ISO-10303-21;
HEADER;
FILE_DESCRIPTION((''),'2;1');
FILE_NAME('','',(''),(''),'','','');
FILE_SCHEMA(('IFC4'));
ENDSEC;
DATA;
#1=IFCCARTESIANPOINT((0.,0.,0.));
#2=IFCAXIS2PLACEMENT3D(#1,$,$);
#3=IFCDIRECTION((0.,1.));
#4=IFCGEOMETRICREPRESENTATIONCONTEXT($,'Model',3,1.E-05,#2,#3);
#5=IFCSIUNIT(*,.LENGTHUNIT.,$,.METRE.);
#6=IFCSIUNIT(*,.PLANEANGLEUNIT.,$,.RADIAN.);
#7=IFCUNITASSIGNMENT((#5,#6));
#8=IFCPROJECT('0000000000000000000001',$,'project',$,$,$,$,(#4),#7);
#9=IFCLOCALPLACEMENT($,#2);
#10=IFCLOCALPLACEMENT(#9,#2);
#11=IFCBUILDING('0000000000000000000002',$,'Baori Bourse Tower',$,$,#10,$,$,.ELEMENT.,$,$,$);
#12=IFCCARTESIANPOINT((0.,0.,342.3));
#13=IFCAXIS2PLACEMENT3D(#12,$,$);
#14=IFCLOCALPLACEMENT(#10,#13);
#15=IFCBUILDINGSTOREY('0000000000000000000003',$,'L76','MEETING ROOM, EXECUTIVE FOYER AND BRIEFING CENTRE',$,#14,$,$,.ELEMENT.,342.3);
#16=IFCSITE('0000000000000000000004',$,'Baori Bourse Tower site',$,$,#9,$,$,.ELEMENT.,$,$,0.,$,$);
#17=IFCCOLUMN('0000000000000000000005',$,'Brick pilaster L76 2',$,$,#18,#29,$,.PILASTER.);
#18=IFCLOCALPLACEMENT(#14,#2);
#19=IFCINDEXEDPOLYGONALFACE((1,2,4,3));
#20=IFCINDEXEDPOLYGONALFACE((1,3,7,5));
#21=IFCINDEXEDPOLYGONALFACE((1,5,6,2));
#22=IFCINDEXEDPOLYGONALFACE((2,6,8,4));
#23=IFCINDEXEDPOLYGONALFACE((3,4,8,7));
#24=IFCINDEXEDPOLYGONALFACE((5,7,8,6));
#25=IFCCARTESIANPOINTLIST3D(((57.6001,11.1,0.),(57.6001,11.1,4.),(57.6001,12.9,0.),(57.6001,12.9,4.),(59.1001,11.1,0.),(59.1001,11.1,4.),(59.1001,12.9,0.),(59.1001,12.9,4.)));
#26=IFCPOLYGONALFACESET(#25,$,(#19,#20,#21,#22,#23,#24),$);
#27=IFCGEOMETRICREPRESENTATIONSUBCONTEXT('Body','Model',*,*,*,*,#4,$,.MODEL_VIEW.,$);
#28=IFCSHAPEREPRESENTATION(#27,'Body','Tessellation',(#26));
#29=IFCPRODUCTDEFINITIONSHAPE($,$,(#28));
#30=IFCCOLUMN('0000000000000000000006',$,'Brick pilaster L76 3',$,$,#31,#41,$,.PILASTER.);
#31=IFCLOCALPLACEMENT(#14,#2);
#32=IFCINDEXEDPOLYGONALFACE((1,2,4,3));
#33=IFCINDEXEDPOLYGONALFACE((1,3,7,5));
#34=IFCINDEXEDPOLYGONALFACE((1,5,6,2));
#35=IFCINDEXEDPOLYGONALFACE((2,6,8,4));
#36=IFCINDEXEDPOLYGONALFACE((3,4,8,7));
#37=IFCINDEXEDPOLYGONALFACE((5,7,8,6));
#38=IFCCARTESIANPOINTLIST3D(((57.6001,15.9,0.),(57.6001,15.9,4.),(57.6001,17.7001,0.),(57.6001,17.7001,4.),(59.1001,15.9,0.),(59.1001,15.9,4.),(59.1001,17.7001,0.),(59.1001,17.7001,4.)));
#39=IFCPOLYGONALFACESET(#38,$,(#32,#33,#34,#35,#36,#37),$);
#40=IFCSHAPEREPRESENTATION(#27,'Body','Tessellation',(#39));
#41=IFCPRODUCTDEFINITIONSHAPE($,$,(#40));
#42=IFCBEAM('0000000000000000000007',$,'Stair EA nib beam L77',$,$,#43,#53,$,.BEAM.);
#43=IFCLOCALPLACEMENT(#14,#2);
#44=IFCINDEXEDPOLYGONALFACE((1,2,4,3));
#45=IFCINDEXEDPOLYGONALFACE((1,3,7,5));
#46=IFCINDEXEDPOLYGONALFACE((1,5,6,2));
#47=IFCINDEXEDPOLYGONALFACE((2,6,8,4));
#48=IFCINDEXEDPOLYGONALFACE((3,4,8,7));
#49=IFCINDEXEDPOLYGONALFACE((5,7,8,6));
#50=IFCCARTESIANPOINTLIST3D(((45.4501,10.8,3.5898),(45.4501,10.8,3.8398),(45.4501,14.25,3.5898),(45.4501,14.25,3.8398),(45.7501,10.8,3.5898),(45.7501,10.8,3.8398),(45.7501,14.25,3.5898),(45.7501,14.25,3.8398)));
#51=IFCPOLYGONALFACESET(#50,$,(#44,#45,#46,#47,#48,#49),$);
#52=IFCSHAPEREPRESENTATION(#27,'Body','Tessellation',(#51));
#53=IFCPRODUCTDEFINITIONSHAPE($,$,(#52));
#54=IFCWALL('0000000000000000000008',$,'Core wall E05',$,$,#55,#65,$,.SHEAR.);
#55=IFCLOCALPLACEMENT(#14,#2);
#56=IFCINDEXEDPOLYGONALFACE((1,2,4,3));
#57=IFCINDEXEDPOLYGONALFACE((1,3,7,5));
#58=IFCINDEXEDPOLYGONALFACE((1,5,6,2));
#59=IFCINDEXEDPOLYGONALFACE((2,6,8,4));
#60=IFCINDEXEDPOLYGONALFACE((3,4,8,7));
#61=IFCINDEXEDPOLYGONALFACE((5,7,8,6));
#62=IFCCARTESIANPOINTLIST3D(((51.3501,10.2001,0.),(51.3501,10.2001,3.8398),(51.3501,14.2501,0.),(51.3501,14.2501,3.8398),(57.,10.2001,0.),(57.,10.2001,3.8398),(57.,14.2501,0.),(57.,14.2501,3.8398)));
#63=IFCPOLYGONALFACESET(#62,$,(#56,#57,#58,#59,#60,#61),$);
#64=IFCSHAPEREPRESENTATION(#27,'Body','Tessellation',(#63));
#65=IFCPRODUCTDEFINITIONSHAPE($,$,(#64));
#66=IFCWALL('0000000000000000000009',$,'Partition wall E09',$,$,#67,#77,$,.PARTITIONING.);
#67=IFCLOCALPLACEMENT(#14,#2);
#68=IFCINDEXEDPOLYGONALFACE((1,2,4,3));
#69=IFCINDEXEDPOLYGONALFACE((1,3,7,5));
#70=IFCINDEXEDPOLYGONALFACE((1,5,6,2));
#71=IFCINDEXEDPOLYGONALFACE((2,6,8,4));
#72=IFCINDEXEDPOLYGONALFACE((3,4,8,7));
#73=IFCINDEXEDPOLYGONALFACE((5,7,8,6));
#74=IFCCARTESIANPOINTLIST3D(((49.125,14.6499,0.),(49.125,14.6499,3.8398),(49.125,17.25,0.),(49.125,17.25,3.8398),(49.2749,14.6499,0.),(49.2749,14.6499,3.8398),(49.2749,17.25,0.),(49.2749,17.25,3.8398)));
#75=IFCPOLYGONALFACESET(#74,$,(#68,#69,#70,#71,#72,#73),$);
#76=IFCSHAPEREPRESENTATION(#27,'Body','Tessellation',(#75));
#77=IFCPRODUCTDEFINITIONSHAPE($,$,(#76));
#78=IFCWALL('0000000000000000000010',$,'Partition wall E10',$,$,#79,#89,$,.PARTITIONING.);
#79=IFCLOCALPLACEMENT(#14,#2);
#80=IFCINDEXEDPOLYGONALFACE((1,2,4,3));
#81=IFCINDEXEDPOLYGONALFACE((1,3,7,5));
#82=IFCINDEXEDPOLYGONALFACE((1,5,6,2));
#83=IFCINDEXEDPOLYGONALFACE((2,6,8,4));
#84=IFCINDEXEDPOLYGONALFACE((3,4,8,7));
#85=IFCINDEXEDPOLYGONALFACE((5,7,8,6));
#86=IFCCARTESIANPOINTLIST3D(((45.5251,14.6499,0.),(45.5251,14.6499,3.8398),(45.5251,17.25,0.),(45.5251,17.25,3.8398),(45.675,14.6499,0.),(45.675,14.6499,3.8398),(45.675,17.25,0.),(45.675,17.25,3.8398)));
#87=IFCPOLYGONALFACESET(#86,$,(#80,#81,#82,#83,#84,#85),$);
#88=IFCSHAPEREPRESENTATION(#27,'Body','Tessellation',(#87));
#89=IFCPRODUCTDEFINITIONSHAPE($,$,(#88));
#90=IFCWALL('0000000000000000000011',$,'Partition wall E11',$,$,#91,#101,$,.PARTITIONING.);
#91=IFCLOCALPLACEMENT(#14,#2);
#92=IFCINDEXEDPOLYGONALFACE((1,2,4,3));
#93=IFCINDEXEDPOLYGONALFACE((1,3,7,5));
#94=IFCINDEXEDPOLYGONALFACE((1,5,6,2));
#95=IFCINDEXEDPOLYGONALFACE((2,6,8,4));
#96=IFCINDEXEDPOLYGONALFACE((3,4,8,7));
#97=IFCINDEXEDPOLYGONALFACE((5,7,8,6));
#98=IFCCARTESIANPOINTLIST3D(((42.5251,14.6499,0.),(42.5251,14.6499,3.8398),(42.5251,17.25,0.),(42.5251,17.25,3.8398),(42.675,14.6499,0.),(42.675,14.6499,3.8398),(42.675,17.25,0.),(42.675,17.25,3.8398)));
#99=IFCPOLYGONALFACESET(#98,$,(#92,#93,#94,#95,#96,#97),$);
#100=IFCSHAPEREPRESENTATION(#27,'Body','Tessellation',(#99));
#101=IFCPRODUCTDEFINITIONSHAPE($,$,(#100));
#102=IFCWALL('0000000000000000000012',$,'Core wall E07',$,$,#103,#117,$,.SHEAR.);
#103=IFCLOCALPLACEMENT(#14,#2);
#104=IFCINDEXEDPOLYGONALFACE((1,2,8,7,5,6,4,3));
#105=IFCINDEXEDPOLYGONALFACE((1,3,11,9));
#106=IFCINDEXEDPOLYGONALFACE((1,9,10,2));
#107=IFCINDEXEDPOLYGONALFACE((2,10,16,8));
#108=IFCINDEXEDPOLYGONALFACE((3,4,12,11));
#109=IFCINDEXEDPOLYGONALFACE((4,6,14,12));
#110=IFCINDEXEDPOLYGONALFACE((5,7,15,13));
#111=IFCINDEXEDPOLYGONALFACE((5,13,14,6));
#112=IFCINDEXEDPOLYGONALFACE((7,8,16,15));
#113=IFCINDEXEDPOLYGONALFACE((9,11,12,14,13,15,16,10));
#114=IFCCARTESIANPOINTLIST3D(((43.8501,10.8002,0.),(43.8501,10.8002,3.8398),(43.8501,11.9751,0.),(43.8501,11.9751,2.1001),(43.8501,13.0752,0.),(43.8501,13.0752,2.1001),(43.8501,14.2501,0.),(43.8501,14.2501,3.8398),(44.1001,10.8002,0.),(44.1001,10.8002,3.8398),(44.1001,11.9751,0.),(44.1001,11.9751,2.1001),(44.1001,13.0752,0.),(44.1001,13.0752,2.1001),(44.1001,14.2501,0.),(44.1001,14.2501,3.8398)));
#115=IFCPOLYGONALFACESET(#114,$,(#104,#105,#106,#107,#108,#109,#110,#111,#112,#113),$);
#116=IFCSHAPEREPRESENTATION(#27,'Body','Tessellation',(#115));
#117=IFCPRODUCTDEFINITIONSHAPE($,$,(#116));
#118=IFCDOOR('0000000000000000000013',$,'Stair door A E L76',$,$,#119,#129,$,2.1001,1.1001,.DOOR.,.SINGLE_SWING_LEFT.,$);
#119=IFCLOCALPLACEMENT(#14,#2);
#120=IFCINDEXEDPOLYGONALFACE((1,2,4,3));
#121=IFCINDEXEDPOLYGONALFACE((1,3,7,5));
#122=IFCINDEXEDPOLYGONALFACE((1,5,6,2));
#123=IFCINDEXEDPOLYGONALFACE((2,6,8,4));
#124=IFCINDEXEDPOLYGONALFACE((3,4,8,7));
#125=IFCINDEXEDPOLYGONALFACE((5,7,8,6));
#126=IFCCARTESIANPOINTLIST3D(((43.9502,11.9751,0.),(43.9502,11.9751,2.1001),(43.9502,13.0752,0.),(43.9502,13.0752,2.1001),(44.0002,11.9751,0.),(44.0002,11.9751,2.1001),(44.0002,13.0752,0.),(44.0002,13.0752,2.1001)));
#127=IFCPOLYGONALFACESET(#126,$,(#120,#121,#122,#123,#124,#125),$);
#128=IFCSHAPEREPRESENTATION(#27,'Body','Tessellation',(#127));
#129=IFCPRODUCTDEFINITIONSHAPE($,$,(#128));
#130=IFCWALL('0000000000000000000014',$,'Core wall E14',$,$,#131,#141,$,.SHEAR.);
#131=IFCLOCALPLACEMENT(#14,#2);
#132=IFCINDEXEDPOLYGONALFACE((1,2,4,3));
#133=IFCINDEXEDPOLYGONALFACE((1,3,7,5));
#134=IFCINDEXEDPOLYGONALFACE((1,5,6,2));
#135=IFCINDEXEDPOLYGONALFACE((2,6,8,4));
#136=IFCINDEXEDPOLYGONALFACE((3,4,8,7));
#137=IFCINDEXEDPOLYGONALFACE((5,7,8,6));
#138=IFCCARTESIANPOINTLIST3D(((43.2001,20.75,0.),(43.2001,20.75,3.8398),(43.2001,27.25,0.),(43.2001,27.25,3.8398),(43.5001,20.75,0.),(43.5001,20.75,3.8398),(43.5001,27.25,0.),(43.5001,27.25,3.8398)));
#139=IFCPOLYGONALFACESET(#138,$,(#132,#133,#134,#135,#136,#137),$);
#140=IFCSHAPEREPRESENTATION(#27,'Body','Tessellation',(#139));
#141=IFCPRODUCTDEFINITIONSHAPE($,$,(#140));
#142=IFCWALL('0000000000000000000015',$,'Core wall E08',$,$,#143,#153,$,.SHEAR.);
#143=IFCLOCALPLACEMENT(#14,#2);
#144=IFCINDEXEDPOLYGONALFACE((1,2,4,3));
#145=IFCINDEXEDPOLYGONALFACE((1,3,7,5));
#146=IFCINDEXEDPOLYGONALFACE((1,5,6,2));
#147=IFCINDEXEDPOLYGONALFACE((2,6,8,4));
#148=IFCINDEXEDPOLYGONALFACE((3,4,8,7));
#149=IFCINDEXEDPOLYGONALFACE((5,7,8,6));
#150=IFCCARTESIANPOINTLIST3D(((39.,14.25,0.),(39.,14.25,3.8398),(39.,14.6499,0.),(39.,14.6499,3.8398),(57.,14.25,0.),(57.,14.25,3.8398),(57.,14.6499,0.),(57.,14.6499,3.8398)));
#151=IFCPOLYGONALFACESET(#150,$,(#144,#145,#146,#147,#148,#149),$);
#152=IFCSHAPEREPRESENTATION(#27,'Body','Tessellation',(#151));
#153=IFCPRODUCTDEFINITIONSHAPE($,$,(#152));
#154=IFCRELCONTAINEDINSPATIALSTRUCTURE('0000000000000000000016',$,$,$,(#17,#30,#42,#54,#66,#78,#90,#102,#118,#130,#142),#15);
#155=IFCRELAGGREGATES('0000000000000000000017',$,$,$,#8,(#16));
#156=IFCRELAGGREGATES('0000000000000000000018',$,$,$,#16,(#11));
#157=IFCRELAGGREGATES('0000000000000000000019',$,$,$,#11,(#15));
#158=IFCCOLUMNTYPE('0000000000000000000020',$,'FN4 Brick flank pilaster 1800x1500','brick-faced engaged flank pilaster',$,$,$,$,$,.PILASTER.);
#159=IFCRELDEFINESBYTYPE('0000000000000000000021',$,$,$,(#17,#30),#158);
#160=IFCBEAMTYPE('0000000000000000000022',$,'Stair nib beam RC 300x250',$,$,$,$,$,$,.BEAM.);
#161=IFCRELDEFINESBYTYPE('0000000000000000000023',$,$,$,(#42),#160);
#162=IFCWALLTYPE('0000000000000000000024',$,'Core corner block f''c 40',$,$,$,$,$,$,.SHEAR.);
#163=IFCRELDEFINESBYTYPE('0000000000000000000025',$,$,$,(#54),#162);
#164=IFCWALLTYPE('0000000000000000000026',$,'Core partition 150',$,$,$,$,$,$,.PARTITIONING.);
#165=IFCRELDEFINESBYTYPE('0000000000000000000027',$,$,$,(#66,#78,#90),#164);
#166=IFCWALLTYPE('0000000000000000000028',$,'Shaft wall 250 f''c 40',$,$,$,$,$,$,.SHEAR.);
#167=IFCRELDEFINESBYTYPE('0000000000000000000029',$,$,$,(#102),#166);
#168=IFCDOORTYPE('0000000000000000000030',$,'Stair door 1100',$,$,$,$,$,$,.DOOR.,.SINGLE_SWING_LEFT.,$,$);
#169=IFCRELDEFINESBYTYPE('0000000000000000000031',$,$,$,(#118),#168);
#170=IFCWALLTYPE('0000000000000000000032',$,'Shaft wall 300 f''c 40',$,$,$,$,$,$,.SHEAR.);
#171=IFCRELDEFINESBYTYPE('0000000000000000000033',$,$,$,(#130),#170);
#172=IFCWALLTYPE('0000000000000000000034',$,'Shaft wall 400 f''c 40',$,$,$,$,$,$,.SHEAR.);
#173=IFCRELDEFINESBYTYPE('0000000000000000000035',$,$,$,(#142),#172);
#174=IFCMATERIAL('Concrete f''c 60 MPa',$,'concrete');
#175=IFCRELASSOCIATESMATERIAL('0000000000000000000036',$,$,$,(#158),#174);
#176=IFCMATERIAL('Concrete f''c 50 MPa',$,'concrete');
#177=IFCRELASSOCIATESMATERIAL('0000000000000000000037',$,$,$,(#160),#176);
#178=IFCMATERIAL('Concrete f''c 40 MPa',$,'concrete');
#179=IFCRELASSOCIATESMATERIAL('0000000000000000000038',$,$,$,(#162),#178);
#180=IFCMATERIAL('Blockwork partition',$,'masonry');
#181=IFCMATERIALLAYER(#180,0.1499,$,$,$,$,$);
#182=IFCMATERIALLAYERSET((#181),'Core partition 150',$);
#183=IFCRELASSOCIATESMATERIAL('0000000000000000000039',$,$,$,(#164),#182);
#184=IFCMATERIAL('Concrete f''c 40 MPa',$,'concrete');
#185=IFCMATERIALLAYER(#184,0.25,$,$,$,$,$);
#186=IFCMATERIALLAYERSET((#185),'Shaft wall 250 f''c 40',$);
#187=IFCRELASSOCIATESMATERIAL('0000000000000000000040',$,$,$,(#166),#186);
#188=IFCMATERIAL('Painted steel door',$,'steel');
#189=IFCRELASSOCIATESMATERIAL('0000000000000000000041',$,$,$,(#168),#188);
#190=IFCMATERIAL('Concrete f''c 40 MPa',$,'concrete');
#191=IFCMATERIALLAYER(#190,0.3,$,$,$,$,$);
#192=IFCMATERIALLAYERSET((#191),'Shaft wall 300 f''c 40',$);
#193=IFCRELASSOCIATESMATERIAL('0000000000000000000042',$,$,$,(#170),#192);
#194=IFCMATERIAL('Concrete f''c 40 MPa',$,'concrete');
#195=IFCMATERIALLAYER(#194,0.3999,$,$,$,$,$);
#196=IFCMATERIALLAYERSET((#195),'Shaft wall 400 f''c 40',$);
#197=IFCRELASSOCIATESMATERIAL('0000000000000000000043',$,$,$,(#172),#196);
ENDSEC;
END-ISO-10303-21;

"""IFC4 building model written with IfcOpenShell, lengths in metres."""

from ifc_helpers import new_model, si_unit, direction, frame, frame_2d, origin, origin_2d, place, context, subcontext, project, spatial, rectangle, extrude, material, layer, layer_set, material_profile, profile_set, type_object, element, fill, save


model = new_model("IFC4")

# Units and contexts
model_context = context("Model", 3, precision=1e-05, world=origin(), true_north=direction((0.0, 1.0)))
body_context = subcontext(model_context, "Body", "Model", "MODEL_VIEW")
ifc_project = project(units=[si_unit("LENGTHUNIT", "METRE"), si_unit("PLANEANGLEUNIT", "RADIAN")], contexts=[model_context])

# Site, building, storey
site_placement = place(None, origin())
site = spatial("IfcSite", under=ifc_project, at=site_placement, Name="Baori Bourse Tower site", CompositionType="ELEMENT", RefElevation=0.0)
building_placement = place(site_placement, origin())
building = spatial("IfcBuilding", under=site, at=building_placement, Name="Baori Bourse Tower", CompositionType="ELEMENT")
storey_placement = place(building_placement, frame((0.0, 0.0, 342.3)))
storey = spatial("IfcBuildingStorey", under=building, at=storey_placement, Name="L76", Description="MEETING ROOM, EXECUTIVE FOYER AND BRIEFING CENTRE", CompositionType="ELEMENT", Elevation=342.3)

# Columns
ifc_material_1 = material(Name="Concrete f'c 60 MPa", Category="concrete")
ifc_material_profile_1 = material_profile(ifc_material_1, rectangle(XDim=1.8, YDim=1.5, at=origin_2d()), Name="RC 1800x1500")
ifc_profile_set_1 = profile_set([ifc_material_profile_1], Name="Concrete f'c 60 MPa")
column_type = type_object("IfcColumnType", Name="FN4 Brick flank pilaster 1800x1500", Description="brick-faced engaged flank pilaster", PredefinedType="PILASTER", material=ifc_profile_set_1)
for number, where, z_axis, x_axis, name in (
    (1, (58.3501, 12.0, 0.0), (0.0, 0.0, 1.0), (0.0, 1.0, 0.0), "Brick pilaster L76 2"),
    (2, (58.3501, 16.8, 0.0), (0.0, 0.0, 1.0), (0.0, 1.0, 0.0), "Brick pilaster L76 3"),
):
    element("IfcColumn", number, at=place(storey_placement, frame(where, z_axis=z_axis, x_axis=x_axis)), inside=storey, type_object=column_type, Name=name, PredefinedType="PILASTER", context=body_context, shape_type="SweptSolid", body=[
        extrude(rectangle(XDim=1.8, YDim=1.5, at=origin_2d()), origin(), (0.0, 0.0, 1.0), 4.0),
    ])

# Beam
ifc_material_2 = material(Name="Concrete f'c 50 MPa", Category="concrete")
ifc_material_profile_2 = material_profile(ifc_material_2, rectangle(XDim=0.3, YDim=0.25, at=origin_2d()), Name="RC 300x250")
ifc_profile_set_2 = profile_set([ifc_material_profile_2], Name="Concrete f'c 50 MPa")
beam_type = type_object("IfcBeamType", Name="Stair nib beam RC 300x250", PredefinedType="BEAM", material=ifc_profile_set_2)
beam_placement = place(storey_placement, frame((45.6001, 10.8, 3.7148), z_axis=(0.0, 1.0, 0.0), x_axis=(-1.0, 0.0, 0.0)))
element("IfcBeam", 3, at=beam_placement, inside=storey, type_object=beam_type, Name="Stair EA nib beam L77", PredefinedType="BEAM", context=body_context, shape_type="SweptSolid", body=[
    extrude(rectangle(XDim=0.3, YDim=0.25, at=origin_2d()), origin(), (0.0, 0.0, 1.0), 3.45),
])

# Walls
ifc_material_3 = material(Name="Concrete f'c 40 MPa", Category="concrete")
wall_type_1 = type_object("IfcWallType", Name="Core corner block f'c 40", PredefinedType="SHEAR", material=ifc_material_3)
wall_1_placement = place(storey_placement, frame((51.3501, 12.2251, 0.0), z_axis=(0.0, 0.0, 1.0), x_axis=(1.0, 0.0, 0.0)))
element("IfcWall", 4, at=wall_1_placement, inside=storey, type_object=wall_type_1, Name="Core wall E05", PredefinedType="SHEAR", context=body_context, shape_type="SweptSolid", body=[
    extrude(rectangle(XDim=5.6499, YDim=4.05, at=frame_2d((2.825, 0.0))), origin(), (0.0, 0.0, 1.0), 3.8398),
])
ifc_material_4 = material(Name="Blockwork partition", Category="masonry")
ifc_layer_1 = layer(ifc_material_4, 0.1499)
ifc_layer_set_1 = layer_set([ifc_layer_1], Name="Core partition 150")
wall_type_2 = type_object("IfcWallType", Name="Core partition 150", PredefinedType="PARTITIONING", material=ifc_layer_set_1)
for number, where, z_axis, x_axis, name in (
    (5, (49.2, 14.6499, 0.0), (0.0, 0.0, 1.0), (0.0, 1.0, 0.0), "Partition wall E09"),
    (6, (45.6001, 14.6499, 0.0), (0.0, 0.0, 1.0), (0.0, 1.0, 0.0), "Partition wall E10"),
    (7, (42.6001, 14.6499, 0.0), (0.0, 0.0, 1.0), (0.0, 1.0, 0.0), "Partition wall E11"),
):
    element("IfcWall", number, at=place(storey_placement, frame(where, z_axis=z_axis, x_axis=x_axis)), inside=storey, type_object=wall_type_2, Name=name, PredefinedType="PARTITIONING", context=body_context, shape_type="SweptSolid", body=[
        extrude(rectangle(XDim=2.6001, YDim=0.1499, at=frame_2d((1.3, 0.0))), origin(), (0.0, 0.0, 1.0), 3.8398),
    ])

# Wall, opening, door
ifc_material_5 = material(Name="Concrete f'c 40 MPa", Category="concrete")
ifc_layer_2 = layer(ifc_material_5, 0.25)
ifc_layer_set_2 = layer_set([ifc_layer_2], Name="Shaft wall 250 f'c 40")
wall_type_3 = type_object("IfcWallType", Name="Shaft wall 250 f'c 40", PredefinedType="SHEAR", material=ifc_layer_set_2)
wall_2_placement = place(storey_placement, frame((43.9751, 10.8, 0.0), z_axis=(0.0, 0.0, 1.0), x_axis=(0.0, 1.0, 0.0)))
wall_2 = element("IfcWall", 8, at=wall_2_placement, inside=storey, type_object=wall_type_3, Name="Core wall E07", PredefinedType="SHEAR", context=body_context, shape_type="SweptSolid", body=[
    extrude(rectangle(XDim=3.45, YDim=0.25, at=frame_2d((1.7251, 0.0))), origin(), (0.0, 0.0, 1.0), 3.8398),
])
opening_1_placement = place(wall_2_placement, frame((1.175, 0.0, 0.0)))
opening_1 = element("IfcOpeningElement", 9, at=opening_1_placement, cuts=wall_2, PredefinedType="OPENING", context=body_context, shape_type="SweptSolid", body=[
    extrude(rectangle(XDim=1.1001, YDim=2.1001, at=frame_2d((0.55, 1.05))), frame((0.0, 0.135, 0.0), z_axis=(0.0, -1.0, 0.0), x_axis=(1.0, 0.0, 0.0)), (0.0, 0.0, 1.0), 0.27),
])
ifc_material_6 = material(Name="Painted steel door", Category="steel")
door_type_1 = type_object("IfcDoorType", Name="Stair door 1100", OperationType="SINGLE_SWING_LEFT", PredefinedType="DOOR", material=ifc_material_6)
door_1_placement = place(opening_1_placement, origin())
door_1 = element("IfcDoor", 10, at=door_1_placement, inside=storey, type_object=door_type_1, Name="Stair door A E L76", OperationType="SINGLE_SWING_LEFT", OverallHeight=2.1001, OverallWidth=1.1001, PredefinedType="DOOR", context=body_context, shape_type="SweptSolid", body=[
    extrude(rectangle(XDim=1.1001, YDim=2.1001, at=frame_2d((0.55, 1.05))), frame((0.0, 0.0249, 0.0), z_axis=(0.0, -1.0, 0.0), x_axis=(1.0, 0.0, 0.0)), (0.0, 0.0, 1.0), 0.05),
])
fill(opening_1, door_1)

# Walls
ifc_material_7 = material(Name="Concrete f'c 40 MPa", Category="concrete")
ifc_layer_3 = layer(ifc_material_7, 0.3)
ifc_layer_set_3 = layer_set([ifc_layer_3], Name="Shaft wall 300 f'c 40")
wall_type_4 = type_object("IfcWallType", Name="Shaft wall 300 f'c 40", PredefinedType="SHEAR", material=ifc_layer_set_3)
wall_3_placement = place(storey_placement, frame((43.3501, 20.75, 0.0), z_axis=(0.0, 0.0, 1.0), x_axis=(0.0, 1.0, 0.0)))
element("IfcWall", 11, at=wall_3_placement, inside=storey, type_object=wall_type_4, Name="Core wall E14", PredefinedType="SHEAR", context=body_context, shape_type="SweptSolid", body=[
    extrude(rectangle(XDim=6.5, YDim=0.3, at=frame_2d((3.25, 0.0))), origin(), (0.0, 0.0, 1.0), 3.8398),
])
ifc_material_8 = material(Name="Concrete f'c 40 MPa", Category="concrete")
ifc_layer_4 = layer(ifc_material_8, 0.3999)
ifc_layer_set_4 = layer_set([ifc_layer_4], Name="Shaft wall 400 f'c 40")
wall_type_5 = type_object("IfcWallType", Name="Shaft wall 400 f'c 40", PredefinedType="SHEAR", material=ifc_layer_set_4)
wall_4_placement = place(storey_placement, frame((39.0, 14.45, 0.0), z_axis=(0.0, 0.0, 1.0), x_axis=(1.0, 0.0, 0.0)))
element("IfcWall", 12, at=wall_4_placement, inside=storey, type_object=wall_type_5, Name="Core wall E08", PredefinedType="SHEAR", context=body_context, shape_type="SweptSolid", body=[
    extrude(rectangle(XDim=18.0, YDim=0.3999, at=frame_2d((9.0, 0.0))), origin(), (0.0, 0.0, 1.0), 3.8398),
])

save(model, "model.ifc")
